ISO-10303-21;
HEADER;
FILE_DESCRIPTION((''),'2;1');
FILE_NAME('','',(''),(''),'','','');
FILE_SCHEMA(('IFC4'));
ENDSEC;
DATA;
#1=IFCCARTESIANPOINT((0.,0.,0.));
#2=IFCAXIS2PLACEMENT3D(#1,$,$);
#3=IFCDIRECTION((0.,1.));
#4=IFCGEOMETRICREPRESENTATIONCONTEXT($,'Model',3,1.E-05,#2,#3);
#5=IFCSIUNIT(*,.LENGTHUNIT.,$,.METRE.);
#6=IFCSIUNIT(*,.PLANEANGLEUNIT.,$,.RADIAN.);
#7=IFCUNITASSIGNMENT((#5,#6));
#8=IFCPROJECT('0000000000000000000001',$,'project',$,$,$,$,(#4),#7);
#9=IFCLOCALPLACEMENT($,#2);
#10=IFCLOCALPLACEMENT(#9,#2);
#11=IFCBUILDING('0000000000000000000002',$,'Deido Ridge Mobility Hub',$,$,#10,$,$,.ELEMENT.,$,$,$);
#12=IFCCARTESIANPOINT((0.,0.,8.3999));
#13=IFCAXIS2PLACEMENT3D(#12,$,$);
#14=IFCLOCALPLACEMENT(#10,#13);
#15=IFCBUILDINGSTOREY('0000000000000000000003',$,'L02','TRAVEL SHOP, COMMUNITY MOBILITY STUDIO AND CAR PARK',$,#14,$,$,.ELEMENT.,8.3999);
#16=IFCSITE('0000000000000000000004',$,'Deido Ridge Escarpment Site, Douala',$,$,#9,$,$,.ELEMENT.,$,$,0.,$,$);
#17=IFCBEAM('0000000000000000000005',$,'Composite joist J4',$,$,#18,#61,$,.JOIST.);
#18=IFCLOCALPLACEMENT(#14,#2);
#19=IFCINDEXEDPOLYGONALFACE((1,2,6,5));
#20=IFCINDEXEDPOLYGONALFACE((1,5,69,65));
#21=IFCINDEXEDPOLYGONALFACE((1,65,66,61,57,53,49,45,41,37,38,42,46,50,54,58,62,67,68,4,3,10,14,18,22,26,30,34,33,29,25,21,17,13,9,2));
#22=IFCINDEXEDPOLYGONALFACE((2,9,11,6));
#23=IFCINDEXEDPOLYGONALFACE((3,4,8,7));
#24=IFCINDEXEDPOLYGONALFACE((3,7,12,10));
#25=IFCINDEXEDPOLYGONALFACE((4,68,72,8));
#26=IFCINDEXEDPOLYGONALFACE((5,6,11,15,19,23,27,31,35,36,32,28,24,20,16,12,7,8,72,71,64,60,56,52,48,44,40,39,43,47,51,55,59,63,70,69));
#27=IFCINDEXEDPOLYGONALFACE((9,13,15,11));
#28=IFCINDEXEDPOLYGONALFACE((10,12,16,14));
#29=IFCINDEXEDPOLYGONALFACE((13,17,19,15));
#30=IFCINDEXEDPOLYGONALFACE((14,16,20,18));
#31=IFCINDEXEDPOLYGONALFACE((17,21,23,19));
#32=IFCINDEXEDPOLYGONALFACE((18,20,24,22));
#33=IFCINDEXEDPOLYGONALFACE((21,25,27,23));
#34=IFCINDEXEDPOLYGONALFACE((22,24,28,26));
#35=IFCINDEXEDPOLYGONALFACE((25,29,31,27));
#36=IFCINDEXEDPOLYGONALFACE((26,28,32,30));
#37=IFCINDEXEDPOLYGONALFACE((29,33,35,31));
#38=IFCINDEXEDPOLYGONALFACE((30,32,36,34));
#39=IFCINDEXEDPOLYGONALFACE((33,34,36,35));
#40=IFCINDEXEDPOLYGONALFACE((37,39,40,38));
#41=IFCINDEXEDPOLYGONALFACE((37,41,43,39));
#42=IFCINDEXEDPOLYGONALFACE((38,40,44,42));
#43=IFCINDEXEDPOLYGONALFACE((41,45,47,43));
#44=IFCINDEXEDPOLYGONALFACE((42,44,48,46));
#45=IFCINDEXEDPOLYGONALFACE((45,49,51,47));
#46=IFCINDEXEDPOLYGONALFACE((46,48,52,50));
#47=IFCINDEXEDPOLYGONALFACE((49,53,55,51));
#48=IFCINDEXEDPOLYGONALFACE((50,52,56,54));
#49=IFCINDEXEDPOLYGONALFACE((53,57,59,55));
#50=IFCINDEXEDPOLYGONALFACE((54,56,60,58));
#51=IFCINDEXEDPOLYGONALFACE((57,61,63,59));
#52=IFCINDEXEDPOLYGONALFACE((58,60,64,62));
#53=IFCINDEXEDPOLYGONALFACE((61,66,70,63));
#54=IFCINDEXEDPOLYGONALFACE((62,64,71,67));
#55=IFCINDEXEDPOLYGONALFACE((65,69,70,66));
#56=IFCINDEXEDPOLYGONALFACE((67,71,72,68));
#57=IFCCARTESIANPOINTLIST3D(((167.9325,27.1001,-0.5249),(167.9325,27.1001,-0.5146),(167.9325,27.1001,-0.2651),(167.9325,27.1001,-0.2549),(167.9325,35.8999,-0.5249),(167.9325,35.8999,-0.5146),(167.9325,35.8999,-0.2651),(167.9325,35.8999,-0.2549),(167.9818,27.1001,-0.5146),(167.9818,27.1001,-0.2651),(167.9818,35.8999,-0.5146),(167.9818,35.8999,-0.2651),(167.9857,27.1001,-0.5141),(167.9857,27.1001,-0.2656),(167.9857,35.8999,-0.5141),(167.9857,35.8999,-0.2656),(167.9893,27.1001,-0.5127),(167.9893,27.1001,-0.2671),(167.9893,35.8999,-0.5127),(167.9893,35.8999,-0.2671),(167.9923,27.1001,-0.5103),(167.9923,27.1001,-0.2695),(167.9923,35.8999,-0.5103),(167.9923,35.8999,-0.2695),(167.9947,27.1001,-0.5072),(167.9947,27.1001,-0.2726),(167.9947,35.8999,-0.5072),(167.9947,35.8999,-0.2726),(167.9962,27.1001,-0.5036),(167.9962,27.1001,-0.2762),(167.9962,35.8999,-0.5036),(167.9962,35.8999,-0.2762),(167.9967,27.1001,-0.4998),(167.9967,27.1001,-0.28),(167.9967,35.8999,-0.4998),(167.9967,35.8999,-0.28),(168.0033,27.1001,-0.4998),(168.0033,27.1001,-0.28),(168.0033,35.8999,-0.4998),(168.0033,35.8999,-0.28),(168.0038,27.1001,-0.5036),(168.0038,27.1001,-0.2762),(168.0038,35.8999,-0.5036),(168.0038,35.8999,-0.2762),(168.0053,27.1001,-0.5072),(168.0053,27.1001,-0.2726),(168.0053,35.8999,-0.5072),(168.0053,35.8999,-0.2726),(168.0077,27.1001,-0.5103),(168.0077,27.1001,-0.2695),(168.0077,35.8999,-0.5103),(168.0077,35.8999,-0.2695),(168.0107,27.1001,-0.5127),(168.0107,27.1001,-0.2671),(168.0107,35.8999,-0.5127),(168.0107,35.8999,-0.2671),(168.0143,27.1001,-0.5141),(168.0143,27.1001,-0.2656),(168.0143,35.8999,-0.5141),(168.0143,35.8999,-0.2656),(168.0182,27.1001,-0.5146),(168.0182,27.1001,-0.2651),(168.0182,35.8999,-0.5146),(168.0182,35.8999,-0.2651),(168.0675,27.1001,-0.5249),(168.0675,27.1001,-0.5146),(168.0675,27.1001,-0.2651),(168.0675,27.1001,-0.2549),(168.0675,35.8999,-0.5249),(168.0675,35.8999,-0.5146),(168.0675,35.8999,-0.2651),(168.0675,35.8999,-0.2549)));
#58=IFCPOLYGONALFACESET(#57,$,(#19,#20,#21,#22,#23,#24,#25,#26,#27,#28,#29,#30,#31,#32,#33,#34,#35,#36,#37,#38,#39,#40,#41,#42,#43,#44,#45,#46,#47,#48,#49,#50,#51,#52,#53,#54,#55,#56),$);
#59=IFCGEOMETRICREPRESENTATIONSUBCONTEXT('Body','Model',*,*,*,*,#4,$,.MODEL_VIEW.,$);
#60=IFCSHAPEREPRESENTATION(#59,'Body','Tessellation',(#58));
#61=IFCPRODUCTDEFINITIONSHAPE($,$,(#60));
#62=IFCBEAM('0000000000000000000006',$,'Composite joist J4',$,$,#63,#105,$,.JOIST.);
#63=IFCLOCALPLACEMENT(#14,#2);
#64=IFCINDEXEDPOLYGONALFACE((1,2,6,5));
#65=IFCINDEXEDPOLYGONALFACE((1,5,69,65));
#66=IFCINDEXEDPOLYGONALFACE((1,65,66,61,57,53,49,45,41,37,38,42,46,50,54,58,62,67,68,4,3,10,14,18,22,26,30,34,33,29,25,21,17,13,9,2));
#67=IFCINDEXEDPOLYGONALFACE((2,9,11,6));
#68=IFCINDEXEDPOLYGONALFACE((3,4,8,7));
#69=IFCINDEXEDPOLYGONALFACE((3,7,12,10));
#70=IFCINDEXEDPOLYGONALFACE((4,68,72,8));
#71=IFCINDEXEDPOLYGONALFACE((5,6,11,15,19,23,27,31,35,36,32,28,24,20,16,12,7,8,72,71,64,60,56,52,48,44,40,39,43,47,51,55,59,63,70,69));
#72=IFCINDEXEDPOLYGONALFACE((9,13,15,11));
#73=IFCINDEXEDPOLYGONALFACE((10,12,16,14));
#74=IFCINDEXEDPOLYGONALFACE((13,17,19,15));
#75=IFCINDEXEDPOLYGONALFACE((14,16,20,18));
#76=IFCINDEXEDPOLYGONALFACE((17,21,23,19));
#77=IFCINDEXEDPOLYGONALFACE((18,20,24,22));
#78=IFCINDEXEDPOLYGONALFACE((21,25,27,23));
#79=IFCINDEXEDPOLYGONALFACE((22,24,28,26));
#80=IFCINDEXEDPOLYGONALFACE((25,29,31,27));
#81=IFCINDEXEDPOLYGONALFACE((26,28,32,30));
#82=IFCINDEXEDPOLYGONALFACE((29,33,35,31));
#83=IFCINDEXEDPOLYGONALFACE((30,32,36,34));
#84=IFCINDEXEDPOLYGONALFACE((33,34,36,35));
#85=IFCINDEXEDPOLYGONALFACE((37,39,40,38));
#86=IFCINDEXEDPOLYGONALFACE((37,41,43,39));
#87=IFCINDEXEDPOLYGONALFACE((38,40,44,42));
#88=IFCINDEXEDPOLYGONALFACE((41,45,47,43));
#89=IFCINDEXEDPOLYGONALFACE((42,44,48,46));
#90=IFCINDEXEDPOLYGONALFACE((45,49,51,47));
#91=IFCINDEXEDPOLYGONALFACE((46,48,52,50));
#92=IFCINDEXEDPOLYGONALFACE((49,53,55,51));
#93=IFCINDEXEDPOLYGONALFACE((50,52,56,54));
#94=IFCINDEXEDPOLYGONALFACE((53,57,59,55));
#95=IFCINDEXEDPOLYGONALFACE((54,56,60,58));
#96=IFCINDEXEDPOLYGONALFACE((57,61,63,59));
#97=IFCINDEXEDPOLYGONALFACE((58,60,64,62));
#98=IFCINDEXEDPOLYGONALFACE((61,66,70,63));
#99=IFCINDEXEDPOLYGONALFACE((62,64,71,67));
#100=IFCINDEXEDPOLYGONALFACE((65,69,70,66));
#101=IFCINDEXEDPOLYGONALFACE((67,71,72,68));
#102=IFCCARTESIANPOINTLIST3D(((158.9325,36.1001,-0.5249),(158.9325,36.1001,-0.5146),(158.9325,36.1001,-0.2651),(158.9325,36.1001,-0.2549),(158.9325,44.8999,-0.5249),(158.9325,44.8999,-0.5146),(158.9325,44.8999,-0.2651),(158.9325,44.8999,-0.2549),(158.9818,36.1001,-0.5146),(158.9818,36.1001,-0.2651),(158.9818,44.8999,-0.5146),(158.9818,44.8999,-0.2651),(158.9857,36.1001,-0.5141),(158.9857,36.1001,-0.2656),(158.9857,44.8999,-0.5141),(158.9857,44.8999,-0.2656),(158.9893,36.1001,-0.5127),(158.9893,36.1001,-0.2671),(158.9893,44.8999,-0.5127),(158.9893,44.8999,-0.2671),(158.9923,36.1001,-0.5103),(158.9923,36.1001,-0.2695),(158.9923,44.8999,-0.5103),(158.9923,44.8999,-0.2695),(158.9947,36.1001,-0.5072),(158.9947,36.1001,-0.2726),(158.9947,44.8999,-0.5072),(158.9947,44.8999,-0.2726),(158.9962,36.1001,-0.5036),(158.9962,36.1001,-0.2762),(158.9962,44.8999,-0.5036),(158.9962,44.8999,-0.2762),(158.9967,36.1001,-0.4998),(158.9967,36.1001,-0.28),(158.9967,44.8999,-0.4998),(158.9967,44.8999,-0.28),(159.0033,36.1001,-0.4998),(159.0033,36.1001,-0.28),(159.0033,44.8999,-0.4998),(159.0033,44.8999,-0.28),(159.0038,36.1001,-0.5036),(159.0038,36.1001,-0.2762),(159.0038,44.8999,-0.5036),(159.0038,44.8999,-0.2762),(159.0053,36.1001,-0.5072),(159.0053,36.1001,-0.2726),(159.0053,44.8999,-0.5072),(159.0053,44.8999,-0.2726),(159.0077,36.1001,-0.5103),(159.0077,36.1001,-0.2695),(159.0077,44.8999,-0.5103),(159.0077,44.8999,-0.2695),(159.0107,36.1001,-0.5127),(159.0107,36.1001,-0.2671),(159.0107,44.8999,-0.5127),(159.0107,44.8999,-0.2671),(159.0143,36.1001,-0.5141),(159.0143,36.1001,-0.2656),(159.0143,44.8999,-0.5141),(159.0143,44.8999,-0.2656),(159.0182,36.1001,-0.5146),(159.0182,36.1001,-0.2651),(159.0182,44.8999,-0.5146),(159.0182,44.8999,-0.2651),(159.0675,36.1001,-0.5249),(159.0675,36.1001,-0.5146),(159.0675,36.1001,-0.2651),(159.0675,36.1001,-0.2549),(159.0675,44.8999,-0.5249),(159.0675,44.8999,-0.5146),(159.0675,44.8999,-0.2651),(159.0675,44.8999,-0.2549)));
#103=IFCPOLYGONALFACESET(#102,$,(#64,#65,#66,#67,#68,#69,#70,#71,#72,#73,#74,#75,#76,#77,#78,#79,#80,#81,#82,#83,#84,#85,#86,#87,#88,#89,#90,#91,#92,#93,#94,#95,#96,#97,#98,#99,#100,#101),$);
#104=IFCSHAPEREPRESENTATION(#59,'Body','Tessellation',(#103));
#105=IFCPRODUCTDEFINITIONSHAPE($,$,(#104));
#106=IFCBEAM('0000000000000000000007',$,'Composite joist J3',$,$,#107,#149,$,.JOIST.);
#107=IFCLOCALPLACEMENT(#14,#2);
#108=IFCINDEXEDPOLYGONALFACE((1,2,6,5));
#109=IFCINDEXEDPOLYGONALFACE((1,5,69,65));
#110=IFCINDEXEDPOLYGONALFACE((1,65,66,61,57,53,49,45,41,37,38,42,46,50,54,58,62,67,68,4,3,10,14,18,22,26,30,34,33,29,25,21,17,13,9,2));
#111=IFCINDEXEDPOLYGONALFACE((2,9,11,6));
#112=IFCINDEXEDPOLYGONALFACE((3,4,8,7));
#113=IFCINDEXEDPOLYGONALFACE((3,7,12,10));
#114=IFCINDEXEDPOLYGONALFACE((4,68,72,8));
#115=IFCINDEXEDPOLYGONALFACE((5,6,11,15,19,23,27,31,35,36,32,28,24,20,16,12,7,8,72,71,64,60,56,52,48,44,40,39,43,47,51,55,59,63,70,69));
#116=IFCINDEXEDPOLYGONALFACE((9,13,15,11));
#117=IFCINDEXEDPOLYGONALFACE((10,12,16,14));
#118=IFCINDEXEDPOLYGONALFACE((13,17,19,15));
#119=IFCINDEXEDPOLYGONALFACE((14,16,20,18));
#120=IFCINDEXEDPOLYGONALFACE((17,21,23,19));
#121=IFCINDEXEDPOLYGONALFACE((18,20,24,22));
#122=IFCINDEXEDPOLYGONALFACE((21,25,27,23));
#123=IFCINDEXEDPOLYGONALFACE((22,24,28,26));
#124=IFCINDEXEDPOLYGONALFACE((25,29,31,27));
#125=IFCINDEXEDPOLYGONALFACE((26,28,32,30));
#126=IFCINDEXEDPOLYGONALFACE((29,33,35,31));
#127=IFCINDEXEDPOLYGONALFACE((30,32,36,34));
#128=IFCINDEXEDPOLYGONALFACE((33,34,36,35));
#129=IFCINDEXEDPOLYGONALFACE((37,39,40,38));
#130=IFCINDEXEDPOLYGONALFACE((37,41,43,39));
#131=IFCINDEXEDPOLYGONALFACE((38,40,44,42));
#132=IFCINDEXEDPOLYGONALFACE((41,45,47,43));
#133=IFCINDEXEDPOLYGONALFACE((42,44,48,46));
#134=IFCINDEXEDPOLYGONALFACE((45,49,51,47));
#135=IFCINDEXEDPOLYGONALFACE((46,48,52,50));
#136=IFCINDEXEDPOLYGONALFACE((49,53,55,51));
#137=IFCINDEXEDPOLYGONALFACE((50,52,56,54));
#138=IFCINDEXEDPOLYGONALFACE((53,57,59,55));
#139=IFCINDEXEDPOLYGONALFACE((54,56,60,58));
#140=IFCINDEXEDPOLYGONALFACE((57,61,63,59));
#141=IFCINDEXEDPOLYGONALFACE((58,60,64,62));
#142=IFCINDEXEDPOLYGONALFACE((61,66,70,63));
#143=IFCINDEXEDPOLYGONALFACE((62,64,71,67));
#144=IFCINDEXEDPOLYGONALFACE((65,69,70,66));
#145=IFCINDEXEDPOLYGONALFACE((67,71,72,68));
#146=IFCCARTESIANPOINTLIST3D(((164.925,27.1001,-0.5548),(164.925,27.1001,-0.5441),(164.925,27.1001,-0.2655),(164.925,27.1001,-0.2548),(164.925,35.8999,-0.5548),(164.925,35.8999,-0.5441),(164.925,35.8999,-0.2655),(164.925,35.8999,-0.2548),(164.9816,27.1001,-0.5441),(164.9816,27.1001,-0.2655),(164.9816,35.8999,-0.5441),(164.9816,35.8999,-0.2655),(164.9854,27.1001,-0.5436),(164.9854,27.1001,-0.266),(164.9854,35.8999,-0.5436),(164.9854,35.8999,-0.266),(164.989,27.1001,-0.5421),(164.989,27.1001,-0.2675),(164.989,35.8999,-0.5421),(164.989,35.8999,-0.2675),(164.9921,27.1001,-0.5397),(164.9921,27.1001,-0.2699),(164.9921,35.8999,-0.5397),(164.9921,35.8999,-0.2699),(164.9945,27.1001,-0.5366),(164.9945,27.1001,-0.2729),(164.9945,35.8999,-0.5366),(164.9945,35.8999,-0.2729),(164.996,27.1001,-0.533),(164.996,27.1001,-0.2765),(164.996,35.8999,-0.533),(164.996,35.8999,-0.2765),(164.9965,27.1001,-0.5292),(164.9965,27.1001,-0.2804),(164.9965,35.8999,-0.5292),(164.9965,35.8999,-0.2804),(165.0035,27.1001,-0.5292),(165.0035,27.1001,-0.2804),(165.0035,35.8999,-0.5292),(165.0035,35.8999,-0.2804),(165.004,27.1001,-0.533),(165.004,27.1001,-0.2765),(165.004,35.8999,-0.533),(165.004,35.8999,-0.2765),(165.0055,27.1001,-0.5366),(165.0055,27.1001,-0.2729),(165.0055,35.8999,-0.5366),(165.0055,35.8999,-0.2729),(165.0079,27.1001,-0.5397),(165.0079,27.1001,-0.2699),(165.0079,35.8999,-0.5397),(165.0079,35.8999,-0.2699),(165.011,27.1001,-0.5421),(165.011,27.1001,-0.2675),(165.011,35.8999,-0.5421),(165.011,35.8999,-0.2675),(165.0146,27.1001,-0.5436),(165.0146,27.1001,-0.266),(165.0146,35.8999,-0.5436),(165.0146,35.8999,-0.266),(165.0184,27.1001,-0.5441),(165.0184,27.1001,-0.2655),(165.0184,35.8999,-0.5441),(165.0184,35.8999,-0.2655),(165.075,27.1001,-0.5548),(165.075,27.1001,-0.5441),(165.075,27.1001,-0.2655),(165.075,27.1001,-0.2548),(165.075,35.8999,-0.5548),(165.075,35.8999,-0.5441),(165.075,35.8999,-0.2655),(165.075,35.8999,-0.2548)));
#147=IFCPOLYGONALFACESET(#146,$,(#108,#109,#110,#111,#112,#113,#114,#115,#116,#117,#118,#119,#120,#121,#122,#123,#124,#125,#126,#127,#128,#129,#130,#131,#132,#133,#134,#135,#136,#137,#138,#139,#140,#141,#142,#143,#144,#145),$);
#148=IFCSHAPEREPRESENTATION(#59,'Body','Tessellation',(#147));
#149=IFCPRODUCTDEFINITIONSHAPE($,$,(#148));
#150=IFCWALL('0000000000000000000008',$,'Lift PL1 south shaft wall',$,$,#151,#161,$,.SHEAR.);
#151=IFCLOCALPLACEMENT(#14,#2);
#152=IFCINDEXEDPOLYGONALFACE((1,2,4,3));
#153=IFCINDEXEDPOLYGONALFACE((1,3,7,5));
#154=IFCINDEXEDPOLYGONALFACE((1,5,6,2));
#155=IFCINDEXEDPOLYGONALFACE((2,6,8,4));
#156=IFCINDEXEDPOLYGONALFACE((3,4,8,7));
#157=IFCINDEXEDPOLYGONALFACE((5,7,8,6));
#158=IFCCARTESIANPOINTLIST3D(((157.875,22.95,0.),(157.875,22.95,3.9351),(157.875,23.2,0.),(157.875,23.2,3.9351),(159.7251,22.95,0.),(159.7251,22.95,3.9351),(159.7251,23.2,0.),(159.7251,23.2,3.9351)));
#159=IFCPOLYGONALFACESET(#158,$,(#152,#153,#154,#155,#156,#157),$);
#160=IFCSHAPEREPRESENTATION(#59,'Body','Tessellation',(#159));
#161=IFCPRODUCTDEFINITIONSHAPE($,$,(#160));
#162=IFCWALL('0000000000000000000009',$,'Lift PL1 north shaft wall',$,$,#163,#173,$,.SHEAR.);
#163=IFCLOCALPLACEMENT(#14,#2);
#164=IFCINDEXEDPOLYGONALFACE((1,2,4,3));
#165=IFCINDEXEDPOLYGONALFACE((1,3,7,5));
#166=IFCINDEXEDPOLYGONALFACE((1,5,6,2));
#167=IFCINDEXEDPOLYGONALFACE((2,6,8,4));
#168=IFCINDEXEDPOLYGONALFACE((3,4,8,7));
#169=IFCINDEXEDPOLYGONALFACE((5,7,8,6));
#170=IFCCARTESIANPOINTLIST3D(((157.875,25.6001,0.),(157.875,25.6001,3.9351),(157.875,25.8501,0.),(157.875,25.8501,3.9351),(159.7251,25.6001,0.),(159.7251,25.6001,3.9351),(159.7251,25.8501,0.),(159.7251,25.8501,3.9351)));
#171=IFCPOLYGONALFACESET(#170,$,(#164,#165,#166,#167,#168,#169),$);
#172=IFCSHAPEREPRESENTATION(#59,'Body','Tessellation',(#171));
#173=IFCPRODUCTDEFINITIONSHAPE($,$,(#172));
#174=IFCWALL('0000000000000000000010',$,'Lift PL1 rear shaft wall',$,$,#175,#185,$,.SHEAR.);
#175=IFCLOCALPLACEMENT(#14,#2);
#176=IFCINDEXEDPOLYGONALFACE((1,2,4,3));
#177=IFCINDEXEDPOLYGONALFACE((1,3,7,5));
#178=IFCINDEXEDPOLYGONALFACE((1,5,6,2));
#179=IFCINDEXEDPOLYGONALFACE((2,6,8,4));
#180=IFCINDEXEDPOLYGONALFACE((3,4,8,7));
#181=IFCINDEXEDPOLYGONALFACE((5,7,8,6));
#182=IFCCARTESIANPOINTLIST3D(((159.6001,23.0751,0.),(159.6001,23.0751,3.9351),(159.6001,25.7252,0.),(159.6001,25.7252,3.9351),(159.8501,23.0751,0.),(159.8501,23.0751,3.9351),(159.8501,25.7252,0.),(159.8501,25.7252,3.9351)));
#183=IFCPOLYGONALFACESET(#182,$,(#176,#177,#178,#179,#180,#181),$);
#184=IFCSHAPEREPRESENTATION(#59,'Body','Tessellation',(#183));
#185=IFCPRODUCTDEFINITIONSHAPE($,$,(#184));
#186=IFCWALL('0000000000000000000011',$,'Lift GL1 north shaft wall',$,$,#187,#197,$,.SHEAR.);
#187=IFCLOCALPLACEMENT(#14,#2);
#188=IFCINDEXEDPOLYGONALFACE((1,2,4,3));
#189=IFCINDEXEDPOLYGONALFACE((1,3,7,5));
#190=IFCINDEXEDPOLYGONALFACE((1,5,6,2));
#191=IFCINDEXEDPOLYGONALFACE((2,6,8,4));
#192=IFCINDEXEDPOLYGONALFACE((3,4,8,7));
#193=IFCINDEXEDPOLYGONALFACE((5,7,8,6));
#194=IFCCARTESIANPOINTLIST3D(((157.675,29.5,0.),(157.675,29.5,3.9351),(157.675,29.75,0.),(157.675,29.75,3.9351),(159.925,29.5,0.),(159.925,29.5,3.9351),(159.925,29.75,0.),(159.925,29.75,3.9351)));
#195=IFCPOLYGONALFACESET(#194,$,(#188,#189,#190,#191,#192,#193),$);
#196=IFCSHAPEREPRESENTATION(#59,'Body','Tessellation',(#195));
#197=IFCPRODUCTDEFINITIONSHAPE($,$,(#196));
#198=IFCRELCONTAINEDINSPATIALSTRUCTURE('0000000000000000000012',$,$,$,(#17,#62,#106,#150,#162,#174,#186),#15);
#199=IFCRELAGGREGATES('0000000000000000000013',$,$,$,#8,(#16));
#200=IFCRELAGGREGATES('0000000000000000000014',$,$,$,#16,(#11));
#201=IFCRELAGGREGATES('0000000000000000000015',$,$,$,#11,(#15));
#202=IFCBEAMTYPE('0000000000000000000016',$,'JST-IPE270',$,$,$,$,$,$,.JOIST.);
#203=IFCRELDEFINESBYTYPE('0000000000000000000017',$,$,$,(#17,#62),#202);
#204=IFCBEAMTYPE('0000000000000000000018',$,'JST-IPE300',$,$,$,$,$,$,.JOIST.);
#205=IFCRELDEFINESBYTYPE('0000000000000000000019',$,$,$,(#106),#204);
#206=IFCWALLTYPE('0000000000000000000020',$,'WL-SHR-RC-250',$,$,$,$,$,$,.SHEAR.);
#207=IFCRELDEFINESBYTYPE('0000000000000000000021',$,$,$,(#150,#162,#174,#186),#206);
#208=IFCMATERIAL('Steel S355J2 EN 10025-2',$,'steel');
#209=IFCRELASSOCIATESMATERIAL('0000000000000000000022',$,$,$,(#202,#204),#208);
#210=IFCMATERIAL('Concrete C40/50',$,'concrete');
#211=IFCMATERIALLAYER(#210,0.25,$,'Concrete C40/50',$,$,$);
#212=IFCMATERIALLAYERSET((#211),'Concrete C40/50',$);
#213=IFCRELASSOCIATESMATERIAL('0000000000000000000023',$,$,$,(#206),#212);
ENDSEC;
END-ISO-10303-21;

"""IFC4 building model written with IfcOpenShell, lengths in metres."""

from ifc_helpers import new_model, si_unit, direction, frame, frame_2d, origin, origin_2d, place, context, subcontext, project, spatial, rectangle, i_section, extrude, material, layer, layer_set, material_profile, profile_set, type_object, element, save


model = new_model("IFC4")

# Units and contexts
model_context = context("Model", 3, precision=1e-05, world=origin(), true_north=direction((0.0, 1.0)))
body_context = subcontext(model_context, "Body", "Model", "MODEL_VIEW")
ifc_project = project(units=[si_unit("LENGTHUNIT", "METRE"), si_unit("PLANEANGLEUNIT", "RADIAN")], contexts=[model_context])

# Site, building, storey
site_placement = place(None, origin())
site = spatial("IfcSite", under=ifc_project, at=site_placement, Name="Deido Ridge Escarpment Site, Douala", CompositionType="ELEMENT", RefElevation=0.0)
building_placement = place(site_placement, origin())
building = spatial("IfcBuilding", under=site, at=building_placement, Name="Deido Ridge Mobility Hub", CompositionType="ELEMENT")
storey_placement = place(building_placement, frame((0.0, 0.0, 8.3999)))
storey = spatial("IfcBuildingStorey", under=building, at=storey_placement, Name="L02", Description="TRAVEL SHOP, COMMUNITY MOBILITY STUDIO AND CAR PARK", CompositionType="ELEMENT", Elevation=8.3999)

# Shared definitions
ifc_material_1 = material(Name="Steel S355J2 EN 10025-2", Category="steel")

# Beams
ifc_material_profile_1 = material_profile(ifc_material_1, i_section(OverallWidth=0.135, OverallDepth=0.27, WebThickness=0.0066, FlangeThickness=0.0103, FilletRadius=0.0149, at=origin_2d()), Name="IPE 270")
ifc_profile_set_1 = profile_set([ifc_material_profile_1], Name="Steel S355J2 EN 10025-2")
beam_type_1 = type_object("IfcBeamType", Name="JST-IPE270", PredefinedType="JOIST", material=ifc_profile_set_1)
for number, where, z_axis, x_axis, name in (
    (1, (168.0, 27.1001, -0.3899), (0.0, 1.0, 0.0), (-1.0, 0.0, 0.0), "Composite joist J4"),
    (2, (159.0, 36.1001, -0.3899), (0.0, 1.0, 0.0), (-1.0, 0.0, 0.0), "Composite joist J4"),
):
    element("IfcBeam", number, at=place(storey_placement, frame(where, z_axis=z_axis, x_axis=x_axis)), inside=storey, type_object=beam_type_1, Name=name, PredefinedType="JOIST", context=body_context, shape_type="SweptSolid", body=[
        extrude(i_section(OverallWidth=0.135, OverallDepth=0.27, WebThickness=0.0066, FlangeThickness=0.0103, FilletRadius=0.0149, at=origin_2d()), origin(), (0.0, 0.0, 1.0), 8.7998),
    ])
ifc_material_profile_2 = material_profile(ifc_material_1, i_section(OverallWidth=0.1499, OverallDepth=0.3, WebThickness=0.0071, FlangeThickness=0.0107, FilletRadius=0.0149, at=origin_2d()), Name="IPE 300")
ifc_profile_set_2 = profile_set([ifc_material_profile_2], Name="Steel S355J2 EN 10025-2")
beam_type_2 = type_object("IfcBeamType", Name="JST-IPE300", PredefinedType="JOIST", material=ifc_profile_set_2)
beam_placement = place(storey_placement, frame((165.0, 27.1001, -0.4048), z_axis=(0.0, 1.0, 0.0), x_axis=(-1.0, 0.0, 0.0)))
element("IfcBeam", 3, at=beam_placement, inside=storey, type_object=beam_type_2, Name="Composite joist J3", PredefinedType="JOIST", context=body_context, shape_type="SweptSolid", body=[
    extrude(i_section(OverallWidth=0.1499, OverallDepth=0.3, WebThickness=0.0071, FlangeThickness=0.0107, FilletRadius=0.0149, at=origin_2d()), origin(), (0.0, 0.0, 1.0), 8.7998),
])

# Walls
ifc_material_2 = material(Name="Concrete C40/50", Category="concrete")
ifc_layer_1 = layer(ifc_material_2, 0.25, Name="Concrete C40/50")
ifc_layer_set_1 = layer_set([ifc_layer_1], Name="Concrete C40/50")
wall_type_1 = type_object("IfcWallType", Name="WL-SHR-RC-250", PredefinedType="SHEAR", material=ifc_layer_set_1)
for number, where, z_axis, x_axis, name in (
    (4, (157.875, 23.075, 0.0), (0.0, 0.0, 1.0), (1.0, 0.0, 0.0), "Lift PL1 south shaft wall"),
    (5, (157.875, 25.7251, 0.0), (0.0, 0.0, 1.0), (1.0, 0.0, 0.0), "Lift PL1 north shaft wall"),
):
    element("IfcWall", number, at=place(storey_placement, frame(where, z_axis=z_axis, x_axis=x_axis)), inside=storey, type_object=wall_type_1, Name=name, PredefinedType="SHEAR", context=body_context, shape_type="SweptSolid", body=[
        extrude(rectangle(XDim=1.8501, YDim=0.25, at=frame_2d((0.925, 0.0))), origin(), (0.0, 0.0, 1.0), 3.9351),
    ])
wall_1_placement = place(storey_placement, frame((159.7251, 23.075, 0.0), z_axis=(0.0, 0.0, 1.0), x_axis=(0.0, 1.0, 0.0)))
element("IfcWall", 6, at=wall_1_placement, inside=storey, type_object=wall_type_1, Name="Lift PL1 rear shaft wall", PredefinedType="SHEAR", context=body_context, shape_type="SweptSolid", body=[
    extrude(rectangle(XDim=2.6501, YDim=0.25, at=frame_2d((1.3252, 0.0))), origin(), (0.0, 0.0, 1.0), 3.9351),
])

# Wall
wall_2_placement = place(storey_placement, frame((157.675, 29.625, 0.0), z_axis=(0.0, 0.0, 1.0), x_axis=(1.0, 0.0, 0.0)))
element("IfcWall", 7, at=wall_2_placement, inside=storey, type_object=wall_type_1, Name="Lift GL1 north shaft wall", PredefinedType="SHEAR", context=body_context, shape_type="SweptSolid", body=[
    extrude(rectangle(XDim=2.25, YDim=0.25, at=frame_2d((1.125, 0.0))), origin(), (0.0, 0.0, 1.0), 3.9351),
])

save(model, "model.ifc")
